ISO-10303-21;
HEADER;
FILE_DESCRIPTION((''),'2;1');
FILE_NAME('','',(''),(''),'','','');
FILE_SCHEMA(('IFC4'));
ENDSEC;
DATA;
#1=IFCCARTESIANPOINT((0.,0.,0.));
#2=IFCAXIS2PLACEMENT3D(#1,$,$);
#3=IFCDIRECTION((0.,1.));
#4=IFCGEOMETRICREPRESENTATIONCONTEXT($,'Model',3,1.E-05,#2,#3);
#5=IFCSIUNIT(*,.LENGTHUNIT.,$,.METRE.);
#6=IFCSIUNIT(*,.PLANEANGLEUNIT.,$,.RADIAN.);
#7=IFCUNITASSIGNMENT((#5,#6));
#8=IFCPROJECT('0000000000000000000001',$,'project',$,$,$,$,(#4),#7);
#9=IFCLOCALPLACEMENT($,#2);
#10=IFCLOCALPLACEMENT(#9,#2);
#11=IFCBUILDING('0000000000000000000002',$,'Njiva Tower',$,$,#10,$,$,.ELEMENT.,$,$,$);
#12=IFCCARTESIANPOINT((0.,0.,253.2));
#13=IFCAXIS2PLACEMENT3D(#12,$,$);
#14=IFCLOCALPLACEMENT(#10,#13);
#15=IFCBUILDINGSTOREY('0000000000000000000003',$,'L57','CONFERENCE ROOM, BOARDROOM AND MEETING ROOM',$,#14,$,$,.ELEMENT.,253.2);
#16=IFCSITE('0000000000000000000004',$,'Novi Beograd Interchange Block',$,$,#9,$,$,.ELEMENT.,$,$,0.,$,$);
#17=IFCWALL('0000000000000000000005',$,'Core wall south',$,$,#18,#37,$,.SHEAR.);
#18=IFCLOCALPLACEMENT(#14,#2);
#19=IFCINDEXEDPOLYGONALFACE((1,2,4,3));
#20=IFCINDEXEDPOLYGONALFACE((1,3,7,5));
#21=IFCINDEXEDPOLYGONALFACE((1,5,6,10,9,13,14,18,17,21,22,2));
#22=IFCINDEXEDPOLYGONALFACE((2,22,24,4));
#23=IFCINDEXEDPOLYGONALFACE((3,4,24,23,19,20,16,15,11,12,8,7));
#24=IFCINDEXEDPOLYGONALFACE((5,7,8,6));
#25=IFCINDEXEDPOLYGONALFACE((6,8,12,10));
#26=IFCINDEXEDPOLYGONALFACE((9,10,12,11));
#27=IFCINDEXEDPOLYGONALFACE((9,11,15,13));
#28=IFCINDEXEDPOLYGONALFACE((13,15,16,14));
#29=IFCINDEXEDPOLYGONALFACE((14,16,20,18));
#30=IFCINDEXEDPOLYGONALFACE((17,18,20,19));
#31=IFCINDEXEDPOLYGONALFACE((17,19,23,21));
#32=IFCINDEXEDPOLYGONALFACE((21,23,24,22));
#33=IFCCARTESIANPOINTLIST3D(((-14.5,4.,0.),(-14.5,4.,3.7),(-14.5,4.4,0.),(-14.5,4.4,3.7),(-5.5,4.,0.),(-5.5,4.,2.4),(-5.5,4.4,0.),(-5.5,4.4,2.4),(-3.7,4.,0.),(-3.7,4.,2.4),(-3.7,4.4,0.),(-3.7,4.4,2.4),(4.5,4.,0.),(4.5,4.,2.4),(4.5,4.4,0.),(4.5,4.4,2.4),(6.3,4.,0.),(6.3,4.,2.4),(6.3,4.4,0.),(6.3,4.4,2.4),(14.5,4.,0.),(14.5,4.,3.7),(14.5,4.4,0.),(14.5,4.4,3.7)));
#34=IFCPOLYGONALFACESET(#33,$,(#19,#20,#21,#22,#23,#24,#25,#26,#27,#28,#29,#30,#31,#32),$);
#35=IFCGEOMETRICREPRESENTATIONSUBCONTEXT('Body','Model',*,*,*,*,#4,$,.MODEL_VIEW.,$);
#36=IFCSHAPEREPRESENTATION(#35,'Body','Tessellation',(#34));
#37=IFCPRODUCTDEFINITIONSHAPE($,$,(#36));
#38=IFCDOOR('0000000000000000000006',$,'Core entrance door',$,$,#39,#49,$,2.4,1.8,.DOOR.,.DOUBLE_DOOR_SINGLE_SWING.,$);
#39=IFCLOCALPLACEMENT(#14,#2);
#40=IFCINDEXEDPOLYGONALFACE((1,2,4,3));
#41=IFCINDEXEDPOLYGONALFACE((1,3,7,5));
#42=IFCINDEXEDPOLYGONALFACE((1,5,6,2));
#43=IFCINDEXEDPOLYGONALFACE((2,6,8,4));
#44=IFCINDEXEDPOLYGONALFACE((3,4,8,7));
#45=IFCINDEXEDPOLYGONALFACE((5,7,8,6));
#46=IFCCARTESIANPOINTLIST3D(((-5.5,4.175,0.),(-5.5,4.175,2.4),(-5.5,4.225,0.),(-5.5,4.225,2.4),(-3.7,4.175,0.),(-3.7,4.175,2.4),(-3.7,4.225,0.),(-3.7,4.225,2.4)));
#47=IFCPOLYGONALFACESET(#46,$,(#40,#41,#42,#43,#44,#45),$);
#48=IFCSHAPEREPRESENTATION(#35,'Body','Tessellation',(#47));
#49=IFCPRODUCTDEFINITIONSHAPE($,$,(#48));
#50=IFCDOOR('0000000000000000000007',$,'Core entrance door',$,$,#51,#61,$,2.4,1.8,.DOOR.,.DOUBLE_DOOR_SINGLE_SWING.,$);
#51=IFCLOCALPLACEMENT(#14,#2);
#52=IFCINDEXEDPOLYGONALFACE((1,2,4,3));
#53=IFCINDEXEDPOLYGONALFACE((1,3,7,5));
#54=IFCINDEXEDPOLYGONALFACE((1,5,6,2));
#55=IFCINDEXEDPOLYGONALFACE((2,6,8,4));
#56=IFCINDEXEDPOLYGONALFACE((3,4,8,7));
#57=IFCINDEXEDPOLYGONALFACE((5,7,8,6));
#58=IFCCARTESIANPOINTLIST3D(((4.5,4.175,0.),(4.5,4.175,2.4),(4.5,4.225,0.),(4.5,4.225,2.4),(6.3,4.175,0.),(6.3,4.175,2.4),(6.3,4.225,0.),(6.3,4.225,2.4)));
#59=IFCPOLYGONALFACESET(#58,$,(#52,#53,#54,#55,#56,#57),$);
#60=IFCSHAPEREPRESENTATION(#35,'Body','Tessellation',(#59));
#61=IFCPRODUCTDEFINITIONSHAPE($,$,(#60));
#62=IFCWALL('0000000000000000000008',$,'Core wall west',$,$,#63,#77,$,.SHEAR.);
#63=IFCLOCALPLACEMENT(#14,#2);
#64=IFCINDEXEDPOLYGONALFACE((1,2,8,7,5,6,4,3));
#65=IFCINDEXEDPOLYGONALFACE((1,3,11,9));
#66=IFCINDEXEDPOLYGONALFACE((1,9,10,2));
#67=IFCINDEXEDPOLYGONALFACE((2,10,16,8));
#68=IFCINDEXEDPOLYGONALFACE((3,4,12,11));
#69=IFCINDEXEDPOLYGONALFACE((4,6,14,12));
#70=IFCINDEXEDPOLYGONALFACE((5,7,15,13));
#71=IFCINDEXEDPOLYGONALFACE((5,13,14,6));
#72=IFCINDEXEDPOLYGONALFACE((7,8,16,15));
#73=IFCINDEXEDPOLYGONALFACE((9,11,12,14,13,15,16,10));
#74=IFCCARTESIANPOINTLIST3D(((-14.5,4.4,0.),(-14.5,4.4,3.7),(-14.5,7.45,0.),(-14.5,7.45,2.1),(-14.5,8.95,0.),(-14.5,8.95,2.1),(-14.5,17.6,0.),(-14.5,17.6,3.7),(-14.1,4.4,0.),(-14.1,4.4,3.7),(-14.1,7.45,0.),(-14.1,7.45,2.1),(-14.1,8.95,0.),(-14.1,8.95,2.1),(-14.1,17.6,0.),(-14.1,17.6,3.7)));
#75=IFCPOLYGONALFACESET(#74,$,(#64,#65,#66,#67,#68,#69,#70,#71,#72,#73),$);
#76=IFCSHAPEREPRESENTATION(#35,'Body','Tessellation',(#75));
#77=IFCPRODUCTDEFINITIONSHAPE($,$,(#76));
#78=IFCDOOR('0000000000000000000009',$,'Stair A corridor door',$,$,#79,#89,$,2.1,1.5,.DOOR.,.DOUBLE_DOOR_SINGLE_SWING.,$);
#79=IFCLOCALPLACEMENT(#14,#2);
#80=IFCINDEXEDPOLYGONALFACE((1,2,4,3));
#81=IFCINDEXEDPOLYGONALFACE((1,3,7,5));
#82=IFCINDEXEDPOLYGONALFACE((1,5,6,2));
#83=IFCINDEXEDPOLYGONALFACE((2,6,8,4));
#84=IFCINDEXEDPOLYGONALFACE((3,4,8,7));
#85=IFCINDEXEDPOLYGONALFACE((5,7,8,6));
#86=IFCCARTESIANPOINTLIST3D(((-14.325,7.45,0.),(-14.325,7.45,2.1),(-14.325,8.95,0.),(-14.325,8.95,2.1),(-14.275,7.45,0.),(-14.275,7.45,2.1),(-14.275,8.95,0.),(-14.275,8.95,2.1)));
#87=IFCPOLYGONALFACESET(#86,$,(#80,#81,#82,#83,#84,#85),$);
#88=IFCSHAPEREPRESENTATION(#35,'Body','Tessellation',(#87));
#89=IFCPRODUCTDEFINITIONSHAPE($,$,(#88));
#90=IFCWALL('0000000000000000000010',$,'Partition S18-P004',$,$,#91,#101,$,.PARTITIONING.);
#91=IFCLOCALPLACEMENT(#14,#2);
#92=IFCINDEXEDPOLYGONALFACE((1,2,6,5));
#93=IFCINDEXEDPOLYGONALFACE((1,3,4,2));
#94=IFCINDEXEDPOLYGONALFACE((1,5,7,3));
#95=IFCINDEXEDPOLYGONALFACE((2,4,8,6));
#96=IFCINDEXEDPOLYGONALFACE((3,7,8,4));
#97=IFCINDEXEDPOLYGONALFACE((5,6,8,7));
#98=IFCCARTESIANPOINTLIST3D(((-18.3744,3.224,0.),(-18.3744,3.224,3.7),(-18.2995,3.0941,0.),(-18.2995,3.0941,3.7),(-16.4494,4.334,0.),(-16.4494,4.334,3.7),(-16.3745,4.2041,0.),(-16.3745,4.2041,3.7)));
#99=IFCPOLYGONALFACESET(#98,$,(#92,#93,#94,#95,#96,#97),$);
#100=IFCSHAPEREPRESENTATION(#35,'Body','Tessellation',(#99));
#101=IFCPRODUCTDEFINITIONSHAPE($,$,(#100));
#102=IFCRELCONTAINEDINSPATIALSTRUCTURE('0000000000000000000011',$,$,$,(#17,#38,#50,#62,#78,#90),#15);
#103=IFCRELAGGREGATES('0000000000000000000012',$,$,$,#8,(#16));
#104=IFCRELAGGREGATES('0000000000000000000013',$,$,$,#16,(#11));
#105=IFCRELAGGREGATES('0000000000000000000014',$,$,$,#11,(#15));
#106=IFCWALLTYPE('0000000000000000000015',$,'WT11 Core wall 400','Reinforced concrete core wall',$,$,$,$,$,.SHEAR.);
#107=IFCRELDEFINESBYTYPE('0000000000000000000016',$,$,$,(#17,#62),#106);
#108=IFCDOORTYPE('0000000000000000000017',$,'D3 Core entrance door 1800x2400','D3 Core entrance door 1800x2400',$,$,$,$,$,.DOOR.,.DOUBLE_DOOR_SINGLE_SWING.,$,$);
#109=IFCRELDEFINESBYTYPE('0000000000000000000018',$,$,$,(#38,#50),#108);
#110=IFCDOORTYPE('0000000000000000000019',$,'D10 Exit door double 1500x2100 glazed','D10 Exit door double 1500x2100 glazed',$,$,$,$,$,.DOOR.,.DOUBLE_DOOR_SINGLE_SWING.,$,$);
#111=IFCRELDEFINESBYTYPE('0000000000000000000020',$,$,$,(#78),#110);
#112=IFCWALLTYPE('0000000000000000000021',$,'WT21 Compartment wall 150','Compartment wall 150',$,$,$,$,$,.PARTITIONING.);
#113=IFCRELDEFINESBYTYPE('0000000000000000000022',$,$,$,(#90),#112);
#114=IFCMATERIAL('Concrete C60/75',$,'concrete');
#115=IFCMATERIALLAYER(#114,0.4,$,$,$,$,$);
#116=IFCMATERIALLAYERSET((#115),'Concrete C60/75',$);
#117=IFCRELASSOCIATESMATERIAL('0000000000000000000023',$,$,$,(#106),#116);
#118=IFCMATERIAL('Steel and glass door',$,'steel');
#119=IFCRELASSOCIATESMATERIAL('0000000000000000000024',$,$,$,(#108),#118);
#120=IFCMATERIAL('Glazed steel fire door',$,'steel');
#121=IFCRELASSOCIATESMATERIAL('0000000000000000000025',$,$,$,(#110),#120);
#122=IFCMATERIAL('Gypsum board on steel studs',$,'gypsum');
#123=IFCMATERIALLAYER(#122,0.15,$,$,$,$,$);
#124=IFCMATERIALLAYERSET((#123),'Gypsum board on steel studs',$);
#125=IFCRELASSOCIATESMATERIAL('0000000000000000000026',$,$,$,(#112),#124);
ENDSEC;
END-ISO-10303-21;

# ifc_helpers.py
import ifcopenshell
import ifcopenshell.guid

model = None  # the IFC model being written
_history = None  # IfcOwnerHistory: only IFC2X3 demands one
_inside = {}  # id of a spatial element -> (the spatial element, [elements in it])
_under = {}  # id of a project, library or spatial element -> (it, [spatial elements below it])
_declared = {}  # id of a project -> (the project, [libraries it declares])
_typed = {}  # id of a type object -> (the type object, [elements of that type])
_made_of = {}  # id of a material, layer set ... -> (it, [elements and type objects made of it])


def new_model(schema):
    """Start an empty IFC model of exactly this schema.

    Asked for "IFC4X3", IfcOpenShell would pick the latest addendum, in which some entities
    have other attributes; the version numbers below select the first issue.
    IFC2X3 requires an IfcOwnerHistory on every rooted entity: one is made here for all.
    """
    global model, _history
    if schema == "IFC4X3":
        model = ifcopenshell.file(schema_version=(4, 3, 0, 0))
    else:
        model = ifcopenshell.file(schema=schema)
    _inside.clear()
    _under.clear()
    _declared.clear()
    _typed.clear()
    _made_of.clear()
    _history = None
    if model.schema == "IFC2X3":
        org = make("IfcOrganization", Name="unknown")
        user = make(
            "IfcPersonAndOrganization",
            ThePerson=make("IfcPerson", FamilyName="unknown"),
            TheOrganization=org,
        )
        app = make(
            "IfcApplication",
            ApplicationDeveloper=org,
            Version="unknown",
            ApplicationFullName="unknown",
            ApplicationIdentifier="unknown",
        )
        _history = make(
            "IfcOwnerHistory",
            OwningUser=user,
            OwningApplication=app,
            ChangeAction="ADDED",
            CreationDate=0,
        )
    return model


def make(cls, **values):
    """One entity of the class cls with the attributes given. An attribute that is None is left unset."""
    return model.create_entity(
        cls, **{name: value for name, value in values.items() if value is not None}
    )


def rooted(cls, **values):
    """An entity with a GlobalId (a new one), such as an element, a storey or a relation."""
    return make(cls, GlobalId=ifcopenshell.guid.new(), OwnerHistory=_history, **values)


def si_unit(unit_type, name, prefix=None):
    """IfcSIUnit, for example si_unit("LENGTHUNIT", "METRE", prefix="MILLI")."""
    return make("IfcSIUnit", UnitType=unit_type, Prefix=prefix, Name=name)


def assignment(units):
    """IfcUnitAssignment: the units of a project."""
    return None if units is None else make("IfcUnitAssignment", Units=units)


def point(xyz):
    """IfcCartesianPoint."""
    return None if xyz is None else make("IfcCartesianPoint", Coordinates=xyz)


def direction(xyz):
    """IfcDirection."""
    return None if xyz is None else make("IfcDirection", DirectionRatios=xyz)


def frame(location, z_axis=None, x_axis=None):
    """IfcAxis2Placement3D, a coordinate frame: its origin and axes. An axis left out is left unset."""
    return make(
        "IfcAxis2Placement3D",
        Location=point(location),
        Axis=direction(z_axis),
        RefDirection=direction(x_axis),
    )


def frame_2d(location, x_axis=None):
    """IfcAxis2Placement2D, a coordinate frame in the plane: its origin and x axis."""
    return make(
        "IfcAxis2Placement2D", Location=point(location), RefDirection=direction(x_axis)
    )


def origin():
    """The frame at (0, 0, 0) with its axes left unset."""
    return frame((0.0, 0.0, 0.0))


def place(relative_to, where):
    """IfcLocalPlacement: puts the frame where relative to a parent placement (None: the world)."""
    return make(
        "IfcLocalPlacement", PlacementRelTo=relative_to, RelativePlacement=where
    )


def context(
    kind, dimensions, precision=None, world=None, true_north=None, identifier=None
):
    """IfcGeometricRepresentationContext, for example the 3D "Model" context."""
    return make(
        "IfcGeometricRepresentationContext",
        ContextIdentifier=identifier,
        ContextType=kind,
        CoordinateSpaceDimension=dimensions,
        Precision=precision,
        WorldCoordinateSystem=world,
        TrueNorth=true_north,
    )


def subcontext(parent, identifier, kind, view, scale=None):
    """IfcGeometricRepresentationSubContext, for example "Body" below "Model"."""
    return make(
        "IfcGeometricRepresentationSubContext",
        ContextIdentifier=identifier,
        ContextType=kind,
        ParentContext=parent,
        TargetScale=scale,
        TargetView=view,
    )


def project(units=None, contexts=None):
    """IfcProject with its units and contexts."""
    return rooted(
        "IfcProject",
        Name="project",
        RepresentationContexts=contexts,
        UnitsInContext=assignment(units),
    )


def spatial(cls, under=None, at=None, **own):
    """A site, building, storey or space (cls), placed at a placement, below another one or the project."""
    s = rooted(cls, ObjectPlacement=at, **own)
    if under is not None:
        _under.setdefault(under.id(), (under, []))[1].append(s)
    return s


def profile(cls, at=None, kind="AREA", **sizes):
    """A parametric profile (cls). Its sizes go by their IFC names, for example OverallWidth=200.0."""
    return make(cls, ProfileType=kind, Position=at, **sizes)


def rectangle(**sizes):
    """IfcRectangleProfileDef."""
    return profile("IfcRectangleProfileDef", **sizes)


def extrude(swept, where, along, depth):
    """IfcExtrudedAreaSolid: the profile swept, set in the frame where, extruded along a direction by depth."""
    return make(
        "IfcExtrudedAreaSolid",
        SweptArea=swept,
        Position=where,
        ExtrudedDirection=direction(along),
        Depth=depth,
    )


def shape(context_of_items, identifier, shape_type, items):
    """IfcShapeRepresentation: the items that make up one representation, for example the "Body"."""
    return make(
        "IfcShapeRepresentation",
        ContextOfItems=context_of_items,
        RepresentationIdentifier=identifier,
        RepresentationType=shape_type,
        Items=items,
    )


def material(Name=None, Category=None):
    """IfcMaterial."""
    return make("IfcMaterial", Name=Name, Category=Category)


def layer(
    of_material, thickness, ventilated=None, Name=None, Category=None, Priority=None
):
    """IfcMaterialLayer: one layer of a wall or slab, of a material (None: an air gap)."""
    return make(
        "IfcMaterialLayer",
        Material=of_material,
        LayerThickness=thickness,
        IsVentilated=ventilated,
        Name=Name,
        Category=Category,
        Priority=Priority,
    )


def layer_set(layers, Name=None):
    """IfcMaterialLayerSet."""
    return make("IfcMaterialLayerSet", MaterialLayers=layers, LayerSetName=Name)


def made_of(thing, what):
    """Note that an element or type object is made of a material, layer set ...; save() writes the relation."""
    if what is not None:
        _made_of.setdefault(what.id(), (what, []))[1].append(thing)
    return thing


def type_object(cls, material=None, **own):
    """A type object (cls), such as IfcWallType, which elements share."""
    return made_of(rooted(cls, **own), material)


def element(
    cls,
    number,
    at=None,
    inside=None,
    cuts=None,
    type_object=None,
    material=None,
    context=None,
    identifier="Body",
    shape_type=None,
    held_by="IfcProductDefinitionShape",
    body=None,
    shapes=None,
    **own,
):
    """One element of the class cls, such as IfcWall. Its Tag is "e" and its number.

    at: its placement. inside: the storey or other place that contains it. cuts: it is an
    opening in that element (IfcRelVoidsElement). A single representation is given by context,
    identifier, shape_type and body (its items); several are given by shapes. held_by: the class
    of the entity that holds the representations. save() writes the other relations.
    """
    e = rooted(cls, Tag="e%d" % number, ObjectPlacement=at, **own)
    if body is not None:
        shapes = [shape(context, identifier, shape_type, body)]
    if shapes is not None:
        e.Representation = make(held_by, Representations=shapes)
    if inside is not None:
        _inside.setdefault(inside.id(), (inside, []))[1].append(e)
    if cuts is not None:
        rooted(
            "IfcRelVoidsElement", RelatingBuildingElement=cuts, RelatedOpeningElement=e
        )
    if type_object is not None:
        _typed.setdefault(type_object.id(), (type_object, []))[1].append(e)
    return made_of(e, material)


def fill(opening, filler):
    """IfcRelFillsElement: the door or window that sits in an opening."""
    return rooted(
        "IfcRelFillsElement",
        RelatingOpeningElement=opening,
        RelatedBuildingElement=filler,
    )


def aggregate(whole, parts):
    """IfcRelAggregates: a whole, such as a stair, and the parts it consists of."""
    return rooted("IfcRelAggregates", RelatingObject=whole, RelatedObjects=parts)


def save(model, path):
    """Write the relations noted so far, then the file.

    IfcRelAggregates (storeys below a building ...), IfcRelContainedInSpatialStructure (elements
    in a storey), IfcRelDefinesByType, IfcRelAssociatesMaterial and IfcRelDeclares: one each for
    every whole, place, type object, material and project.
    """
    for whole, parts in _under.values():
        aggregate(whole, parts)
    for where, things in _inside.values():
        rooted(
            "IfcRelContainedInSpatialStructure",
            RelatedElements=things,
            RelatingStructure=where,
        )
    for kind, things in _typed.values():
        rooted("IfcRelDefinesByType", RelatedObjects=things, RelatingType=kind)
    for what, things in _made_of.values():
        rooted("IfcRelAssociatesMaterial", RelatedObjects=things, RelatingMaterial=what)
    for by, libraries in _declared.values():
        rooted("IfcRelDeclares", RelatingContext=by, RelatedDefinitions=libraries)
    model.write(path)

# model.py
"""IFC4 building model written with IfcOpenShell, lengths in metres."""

from ifc_helpers import new_model, si_unit, direction, frame, frame_2d, origin, place, context, subcontext, project, spatial, rectangle, extrude, material, layer, layer_set, type_object, element, fill, save


model = new_model("IFC4")

# Units and contexts
model_context = context("Model", 3, precision=1e-05, world=origin(), true_north=direction((0.0, 1.0)))
body_context = subcontext(model_context, "Body", "Model", "MODEL_VIEW")
ifc_project = project(units=[si_unit("LENGTHUNIT", "METRE"), si_unit("PLANEANGLEUNIT", "RADIAN")], contexts=[model_context])

# Site, building, storey
site_placement = place(None, origin())
site = spatial("IfcSite", under=ifc_project, at=site_placement, Name="Novi Beograd Interchange Block", CompositionType="ELEMENT", RefElevation=0.0)
building_placement = place(site_placement, origin())
building = spatial("IfcBuilding", under=site, at=building_placement, Name="Njiva Tower", CompositionType="ELEMENT")
storey_placement = place(building_placement, frame((0.0, 0.0, 253.2)))
storey = spatial("IfcBuildingStorey", under=building, at=storey_placement, Name="L57", Description="CONFERENCE ROOM, BOARDROOM AND MEETING ROOM", CompositionType="ELEMENT", Elevation=253.2)

# Wall, openings, doors
ifc_material_1 = material(Name="Concrete C60/75", Category="concrete")
ifc_layer_1 = layer(ifc_material_1, 0.4)
ifc_layer_set_1 = layer_set([ifc_layer_1], Name="Concrete C60/75")
wall_type_1 = type_object("IfcWallType", Name="WT11 Core wall 400", Description="Reinforced concrete core wall", PredefinedType="SHEAR", material=ifc_layer_set_1)
wall_1_placement = place(storey_placement, frame((-14.5, 4.2, 0.0), z_axis=(0.0, 0.0, 1.0), x_axis=(1.0, 0.0, 0.0)))
wall_1 = element("IfcWall", 1, at=wall_1_placement, inside=storey, type_object=wall_type_1, Name="Core wall south", PredefinedType="SHEAR", context=body_context, shape_type="SweptSolid", body=[
    extrude(rectangle(XDim=29.0, YDim=0.4, at=frame_2d((14.5, 0.0))), origin(), (0.0, 0.0, 1.0), 3.7),
])
opening_1_placement = place(wall_1_placement, frame((9.0, 0.0, 0.0)))
opening_1 = element("IfcOpeningElement", 2, at=opening_1_placement, cuts=wall_1, PredefinedType="OPENING", context=body_context, shape_type="SweptSolid", body=[
    extrude(rectangle(XDim=1.8, YDim=2.4, at=frame_2d((0.9, 1.2))), frame((0.0, 0.21, 0.0), z_axis=(0.0, -1.0, 0.0), x_axis=(1.0, 0.0, 0.0)), (0.0, 0.0, 1.0), 0.42),
])
opening_2_placement = place(wall_1_placement, frame((19.0, 0.0, 0.0)))
opening_2 = element("IfcOpeningElement", 3, at=opening_2_placement, cuts=wall_1, PredefinedType="OPENING", context=body_context, shape_type="SweptSolid", body=[
    extrude(rectangle(XDim=1.8, YDim=2.4, at=frame_2d((0.9, 1.2))), frame((0.0, 0.21, 0.0), z_axis=(0.0, -1.0, 0.0), x_axis=(1.0, 0.0, 0.0)), (0.0, 0.0, 1.0), 0.42),
])
ifc_material_2 = material(Name="Steel and glass door", Category="steel")
door_type_1 = type_object("IfcDoorType", Name="D3 Core entrance door 1800x2400", Description="D3 Core entrance door 1800x2400", OperationType="DOUBLE_DOOR_SINGLE_SWING", PredefinedType="DOOR", material=ifc_material_2)
door_1_placement = place(opening_1_placement, origin())
door_1 = element("IfcDoor", 4, at=door_1_placement, inside=storey, type_object=door_type_1, Name="Core entrance door", OperationType="DOUBLE_DOOR_SINGLE_SWING", OverallHeight=2.4, OverallWidth=1.8, PredefinedType="DOOR", context=body_context, shape_type="SweptSolid", body=[
    extrude(rectangle(XDim=1.8, YDim=2.4, at=frame_2d((0.9, 1.2))), frame((0.0, 0.025, 0.0), z_axis=(0.0, -1.0, 0.0), x_axis=(1.0, 0.0, 0.0)), (0.0, 0.0, 1.0), 0.05),
])
fill(opening_1, door_1)
door_2_placement = place(opening_2_placement, origin())
door_2 = element("IfcDoor", 5, at=door_2_placement, inside=storey, type_object=door_type_1, Name="Core entrance door", OperationType="DOUBLE_DOOR_SINGLE_SWING", OverallHeight=2.4, OverallWidth=1.8, PredefinedType="DOOR", context=body_context, shape_type="SweptSolid", body=[
    extrude(rectangle(XDim=1.8, YDim=2.4, at=frame_2d((0.9, 1.2))), frame((0.0, 0.025, 0.0), z_axis=(0.0, -1.0, 0.0), x_axis=(1.0, 0.0, 0.0)), (0.0, 0.0, 1.0), 0.05),
])
fill(opening_2, door_2)

# Wall, opening, door
wall_2_placement = place(storey_placement, frame((-14.3, 4.4, 0.0), z_axis=(0.0, 0.0, 1.0), x_axis=(0.0, 1.0, 0.0)))
wall_2 = element("IfcWall", 6, at=wall_2_placement, inside=storey, type_object=wall_type_1, Name="Core wall west", PredefinedType="SHEAR", context=body_context, shape_type="SweptSolid", body=[
    extrude(rectangle(XDim=13.2, YDim=0.4, at=frame_2d((6.6, 0.0))), origin(), (0.0, 0.0, 1.0), 3.7),
])
opening_3_placement = place(wall_2_placement, frame((3.05, 0.0, 0.0)))
opening_3 = element("IfcOpeningElement", 7, at=opening_3_placement, cuts=wall_2, PredefinedType="OPENING", context=body_context, shape_type="SweptSolid", body=[
    extrude(rectangle(XDim=1.5, YDim=2.1, at=frame_2d((0.75, 1.05))), frame((0.0, 0.21, 0.0), z_axis=(0.0, -1.0, 0.0), x_axis=(1.0, 0.0, 0.0)), (0.0, 0.0, 1.0), 0.42),
])
ifc_material_3 = material(Name="Glazed steel fire door", Category="steel")
door_type_2 = type_object("IfcDoorType", Name="D10 Exit door double 1500x2100 glazed", Description="D10 Exit door double 1500x2100 glazed", OperationType="DOUBLE_DOOR_SINGLE_SWING", PredefinedType="DOOR", material=ifc_material_3)
door_3_placement = place(opening_3_placement, origin())
door_3 = element("IfcDoor", 8, at=door_3_placement, inside=storey, type_object=door_type_2, Name="Stair A corridor door", OperationType="DOUBLE_DOOR_SINGLE_SWING", OverallHeight=2.1, OverallWidth=1.5, PredefinedType="DOOR", context=body_context, shape_type="SweptSolid", body=[
    extrude(rectangle(XDim=1.5, YDim=2.1, at=frame_2d((0.75, 1.05))), frame((0.0, 0.025, 0.0), z_axis=(0.0, -1.0, 0.0), x_axis=(1.0, 0.0, 0.0)), (0.0, 0.0, 1.0), 0.05),
])
fill(opening_3, door_3)

# Wall
ifc_material_4 = material(Name="Gypsum board on steel studs", Category="gypsum")
ifc_layer_2 = layer(ifc_material_4, 0.15)
ifc_layer_set_2 = layer_set([ifc_layer_2], Name="Gypsum board on steel studs")
wall_type_2 = type_object("IfcWallType", Name="WT21 Compartment wall 150", Description="Compartment wall 150", PredefinedType="PARTITIONING", material=ifc_layer_set_2)
wall_3_placement = place(storey_placement, frame((-18.337, 3.159, 0.0), z_axis=(0.0, 0.0, 1.0), x_axis=(0.866298, 0.499528, 0.0)))
element("IfcWall", 9, at=wall_3_placement, inside=storey, type_object=wall_type_2, Name="Partition S18-P004", PredefinedType="PARTITIONING", context=body_context, shape_type="SweptSolid", body=[
    extrude(rectangle(XDim=2.2221, YDim=0.15, at=frame_2d((1.1111, 0.0))), origin(), (0.0, 0.0, 1.0), 3.7),
])

save(model, "model.ifc")
